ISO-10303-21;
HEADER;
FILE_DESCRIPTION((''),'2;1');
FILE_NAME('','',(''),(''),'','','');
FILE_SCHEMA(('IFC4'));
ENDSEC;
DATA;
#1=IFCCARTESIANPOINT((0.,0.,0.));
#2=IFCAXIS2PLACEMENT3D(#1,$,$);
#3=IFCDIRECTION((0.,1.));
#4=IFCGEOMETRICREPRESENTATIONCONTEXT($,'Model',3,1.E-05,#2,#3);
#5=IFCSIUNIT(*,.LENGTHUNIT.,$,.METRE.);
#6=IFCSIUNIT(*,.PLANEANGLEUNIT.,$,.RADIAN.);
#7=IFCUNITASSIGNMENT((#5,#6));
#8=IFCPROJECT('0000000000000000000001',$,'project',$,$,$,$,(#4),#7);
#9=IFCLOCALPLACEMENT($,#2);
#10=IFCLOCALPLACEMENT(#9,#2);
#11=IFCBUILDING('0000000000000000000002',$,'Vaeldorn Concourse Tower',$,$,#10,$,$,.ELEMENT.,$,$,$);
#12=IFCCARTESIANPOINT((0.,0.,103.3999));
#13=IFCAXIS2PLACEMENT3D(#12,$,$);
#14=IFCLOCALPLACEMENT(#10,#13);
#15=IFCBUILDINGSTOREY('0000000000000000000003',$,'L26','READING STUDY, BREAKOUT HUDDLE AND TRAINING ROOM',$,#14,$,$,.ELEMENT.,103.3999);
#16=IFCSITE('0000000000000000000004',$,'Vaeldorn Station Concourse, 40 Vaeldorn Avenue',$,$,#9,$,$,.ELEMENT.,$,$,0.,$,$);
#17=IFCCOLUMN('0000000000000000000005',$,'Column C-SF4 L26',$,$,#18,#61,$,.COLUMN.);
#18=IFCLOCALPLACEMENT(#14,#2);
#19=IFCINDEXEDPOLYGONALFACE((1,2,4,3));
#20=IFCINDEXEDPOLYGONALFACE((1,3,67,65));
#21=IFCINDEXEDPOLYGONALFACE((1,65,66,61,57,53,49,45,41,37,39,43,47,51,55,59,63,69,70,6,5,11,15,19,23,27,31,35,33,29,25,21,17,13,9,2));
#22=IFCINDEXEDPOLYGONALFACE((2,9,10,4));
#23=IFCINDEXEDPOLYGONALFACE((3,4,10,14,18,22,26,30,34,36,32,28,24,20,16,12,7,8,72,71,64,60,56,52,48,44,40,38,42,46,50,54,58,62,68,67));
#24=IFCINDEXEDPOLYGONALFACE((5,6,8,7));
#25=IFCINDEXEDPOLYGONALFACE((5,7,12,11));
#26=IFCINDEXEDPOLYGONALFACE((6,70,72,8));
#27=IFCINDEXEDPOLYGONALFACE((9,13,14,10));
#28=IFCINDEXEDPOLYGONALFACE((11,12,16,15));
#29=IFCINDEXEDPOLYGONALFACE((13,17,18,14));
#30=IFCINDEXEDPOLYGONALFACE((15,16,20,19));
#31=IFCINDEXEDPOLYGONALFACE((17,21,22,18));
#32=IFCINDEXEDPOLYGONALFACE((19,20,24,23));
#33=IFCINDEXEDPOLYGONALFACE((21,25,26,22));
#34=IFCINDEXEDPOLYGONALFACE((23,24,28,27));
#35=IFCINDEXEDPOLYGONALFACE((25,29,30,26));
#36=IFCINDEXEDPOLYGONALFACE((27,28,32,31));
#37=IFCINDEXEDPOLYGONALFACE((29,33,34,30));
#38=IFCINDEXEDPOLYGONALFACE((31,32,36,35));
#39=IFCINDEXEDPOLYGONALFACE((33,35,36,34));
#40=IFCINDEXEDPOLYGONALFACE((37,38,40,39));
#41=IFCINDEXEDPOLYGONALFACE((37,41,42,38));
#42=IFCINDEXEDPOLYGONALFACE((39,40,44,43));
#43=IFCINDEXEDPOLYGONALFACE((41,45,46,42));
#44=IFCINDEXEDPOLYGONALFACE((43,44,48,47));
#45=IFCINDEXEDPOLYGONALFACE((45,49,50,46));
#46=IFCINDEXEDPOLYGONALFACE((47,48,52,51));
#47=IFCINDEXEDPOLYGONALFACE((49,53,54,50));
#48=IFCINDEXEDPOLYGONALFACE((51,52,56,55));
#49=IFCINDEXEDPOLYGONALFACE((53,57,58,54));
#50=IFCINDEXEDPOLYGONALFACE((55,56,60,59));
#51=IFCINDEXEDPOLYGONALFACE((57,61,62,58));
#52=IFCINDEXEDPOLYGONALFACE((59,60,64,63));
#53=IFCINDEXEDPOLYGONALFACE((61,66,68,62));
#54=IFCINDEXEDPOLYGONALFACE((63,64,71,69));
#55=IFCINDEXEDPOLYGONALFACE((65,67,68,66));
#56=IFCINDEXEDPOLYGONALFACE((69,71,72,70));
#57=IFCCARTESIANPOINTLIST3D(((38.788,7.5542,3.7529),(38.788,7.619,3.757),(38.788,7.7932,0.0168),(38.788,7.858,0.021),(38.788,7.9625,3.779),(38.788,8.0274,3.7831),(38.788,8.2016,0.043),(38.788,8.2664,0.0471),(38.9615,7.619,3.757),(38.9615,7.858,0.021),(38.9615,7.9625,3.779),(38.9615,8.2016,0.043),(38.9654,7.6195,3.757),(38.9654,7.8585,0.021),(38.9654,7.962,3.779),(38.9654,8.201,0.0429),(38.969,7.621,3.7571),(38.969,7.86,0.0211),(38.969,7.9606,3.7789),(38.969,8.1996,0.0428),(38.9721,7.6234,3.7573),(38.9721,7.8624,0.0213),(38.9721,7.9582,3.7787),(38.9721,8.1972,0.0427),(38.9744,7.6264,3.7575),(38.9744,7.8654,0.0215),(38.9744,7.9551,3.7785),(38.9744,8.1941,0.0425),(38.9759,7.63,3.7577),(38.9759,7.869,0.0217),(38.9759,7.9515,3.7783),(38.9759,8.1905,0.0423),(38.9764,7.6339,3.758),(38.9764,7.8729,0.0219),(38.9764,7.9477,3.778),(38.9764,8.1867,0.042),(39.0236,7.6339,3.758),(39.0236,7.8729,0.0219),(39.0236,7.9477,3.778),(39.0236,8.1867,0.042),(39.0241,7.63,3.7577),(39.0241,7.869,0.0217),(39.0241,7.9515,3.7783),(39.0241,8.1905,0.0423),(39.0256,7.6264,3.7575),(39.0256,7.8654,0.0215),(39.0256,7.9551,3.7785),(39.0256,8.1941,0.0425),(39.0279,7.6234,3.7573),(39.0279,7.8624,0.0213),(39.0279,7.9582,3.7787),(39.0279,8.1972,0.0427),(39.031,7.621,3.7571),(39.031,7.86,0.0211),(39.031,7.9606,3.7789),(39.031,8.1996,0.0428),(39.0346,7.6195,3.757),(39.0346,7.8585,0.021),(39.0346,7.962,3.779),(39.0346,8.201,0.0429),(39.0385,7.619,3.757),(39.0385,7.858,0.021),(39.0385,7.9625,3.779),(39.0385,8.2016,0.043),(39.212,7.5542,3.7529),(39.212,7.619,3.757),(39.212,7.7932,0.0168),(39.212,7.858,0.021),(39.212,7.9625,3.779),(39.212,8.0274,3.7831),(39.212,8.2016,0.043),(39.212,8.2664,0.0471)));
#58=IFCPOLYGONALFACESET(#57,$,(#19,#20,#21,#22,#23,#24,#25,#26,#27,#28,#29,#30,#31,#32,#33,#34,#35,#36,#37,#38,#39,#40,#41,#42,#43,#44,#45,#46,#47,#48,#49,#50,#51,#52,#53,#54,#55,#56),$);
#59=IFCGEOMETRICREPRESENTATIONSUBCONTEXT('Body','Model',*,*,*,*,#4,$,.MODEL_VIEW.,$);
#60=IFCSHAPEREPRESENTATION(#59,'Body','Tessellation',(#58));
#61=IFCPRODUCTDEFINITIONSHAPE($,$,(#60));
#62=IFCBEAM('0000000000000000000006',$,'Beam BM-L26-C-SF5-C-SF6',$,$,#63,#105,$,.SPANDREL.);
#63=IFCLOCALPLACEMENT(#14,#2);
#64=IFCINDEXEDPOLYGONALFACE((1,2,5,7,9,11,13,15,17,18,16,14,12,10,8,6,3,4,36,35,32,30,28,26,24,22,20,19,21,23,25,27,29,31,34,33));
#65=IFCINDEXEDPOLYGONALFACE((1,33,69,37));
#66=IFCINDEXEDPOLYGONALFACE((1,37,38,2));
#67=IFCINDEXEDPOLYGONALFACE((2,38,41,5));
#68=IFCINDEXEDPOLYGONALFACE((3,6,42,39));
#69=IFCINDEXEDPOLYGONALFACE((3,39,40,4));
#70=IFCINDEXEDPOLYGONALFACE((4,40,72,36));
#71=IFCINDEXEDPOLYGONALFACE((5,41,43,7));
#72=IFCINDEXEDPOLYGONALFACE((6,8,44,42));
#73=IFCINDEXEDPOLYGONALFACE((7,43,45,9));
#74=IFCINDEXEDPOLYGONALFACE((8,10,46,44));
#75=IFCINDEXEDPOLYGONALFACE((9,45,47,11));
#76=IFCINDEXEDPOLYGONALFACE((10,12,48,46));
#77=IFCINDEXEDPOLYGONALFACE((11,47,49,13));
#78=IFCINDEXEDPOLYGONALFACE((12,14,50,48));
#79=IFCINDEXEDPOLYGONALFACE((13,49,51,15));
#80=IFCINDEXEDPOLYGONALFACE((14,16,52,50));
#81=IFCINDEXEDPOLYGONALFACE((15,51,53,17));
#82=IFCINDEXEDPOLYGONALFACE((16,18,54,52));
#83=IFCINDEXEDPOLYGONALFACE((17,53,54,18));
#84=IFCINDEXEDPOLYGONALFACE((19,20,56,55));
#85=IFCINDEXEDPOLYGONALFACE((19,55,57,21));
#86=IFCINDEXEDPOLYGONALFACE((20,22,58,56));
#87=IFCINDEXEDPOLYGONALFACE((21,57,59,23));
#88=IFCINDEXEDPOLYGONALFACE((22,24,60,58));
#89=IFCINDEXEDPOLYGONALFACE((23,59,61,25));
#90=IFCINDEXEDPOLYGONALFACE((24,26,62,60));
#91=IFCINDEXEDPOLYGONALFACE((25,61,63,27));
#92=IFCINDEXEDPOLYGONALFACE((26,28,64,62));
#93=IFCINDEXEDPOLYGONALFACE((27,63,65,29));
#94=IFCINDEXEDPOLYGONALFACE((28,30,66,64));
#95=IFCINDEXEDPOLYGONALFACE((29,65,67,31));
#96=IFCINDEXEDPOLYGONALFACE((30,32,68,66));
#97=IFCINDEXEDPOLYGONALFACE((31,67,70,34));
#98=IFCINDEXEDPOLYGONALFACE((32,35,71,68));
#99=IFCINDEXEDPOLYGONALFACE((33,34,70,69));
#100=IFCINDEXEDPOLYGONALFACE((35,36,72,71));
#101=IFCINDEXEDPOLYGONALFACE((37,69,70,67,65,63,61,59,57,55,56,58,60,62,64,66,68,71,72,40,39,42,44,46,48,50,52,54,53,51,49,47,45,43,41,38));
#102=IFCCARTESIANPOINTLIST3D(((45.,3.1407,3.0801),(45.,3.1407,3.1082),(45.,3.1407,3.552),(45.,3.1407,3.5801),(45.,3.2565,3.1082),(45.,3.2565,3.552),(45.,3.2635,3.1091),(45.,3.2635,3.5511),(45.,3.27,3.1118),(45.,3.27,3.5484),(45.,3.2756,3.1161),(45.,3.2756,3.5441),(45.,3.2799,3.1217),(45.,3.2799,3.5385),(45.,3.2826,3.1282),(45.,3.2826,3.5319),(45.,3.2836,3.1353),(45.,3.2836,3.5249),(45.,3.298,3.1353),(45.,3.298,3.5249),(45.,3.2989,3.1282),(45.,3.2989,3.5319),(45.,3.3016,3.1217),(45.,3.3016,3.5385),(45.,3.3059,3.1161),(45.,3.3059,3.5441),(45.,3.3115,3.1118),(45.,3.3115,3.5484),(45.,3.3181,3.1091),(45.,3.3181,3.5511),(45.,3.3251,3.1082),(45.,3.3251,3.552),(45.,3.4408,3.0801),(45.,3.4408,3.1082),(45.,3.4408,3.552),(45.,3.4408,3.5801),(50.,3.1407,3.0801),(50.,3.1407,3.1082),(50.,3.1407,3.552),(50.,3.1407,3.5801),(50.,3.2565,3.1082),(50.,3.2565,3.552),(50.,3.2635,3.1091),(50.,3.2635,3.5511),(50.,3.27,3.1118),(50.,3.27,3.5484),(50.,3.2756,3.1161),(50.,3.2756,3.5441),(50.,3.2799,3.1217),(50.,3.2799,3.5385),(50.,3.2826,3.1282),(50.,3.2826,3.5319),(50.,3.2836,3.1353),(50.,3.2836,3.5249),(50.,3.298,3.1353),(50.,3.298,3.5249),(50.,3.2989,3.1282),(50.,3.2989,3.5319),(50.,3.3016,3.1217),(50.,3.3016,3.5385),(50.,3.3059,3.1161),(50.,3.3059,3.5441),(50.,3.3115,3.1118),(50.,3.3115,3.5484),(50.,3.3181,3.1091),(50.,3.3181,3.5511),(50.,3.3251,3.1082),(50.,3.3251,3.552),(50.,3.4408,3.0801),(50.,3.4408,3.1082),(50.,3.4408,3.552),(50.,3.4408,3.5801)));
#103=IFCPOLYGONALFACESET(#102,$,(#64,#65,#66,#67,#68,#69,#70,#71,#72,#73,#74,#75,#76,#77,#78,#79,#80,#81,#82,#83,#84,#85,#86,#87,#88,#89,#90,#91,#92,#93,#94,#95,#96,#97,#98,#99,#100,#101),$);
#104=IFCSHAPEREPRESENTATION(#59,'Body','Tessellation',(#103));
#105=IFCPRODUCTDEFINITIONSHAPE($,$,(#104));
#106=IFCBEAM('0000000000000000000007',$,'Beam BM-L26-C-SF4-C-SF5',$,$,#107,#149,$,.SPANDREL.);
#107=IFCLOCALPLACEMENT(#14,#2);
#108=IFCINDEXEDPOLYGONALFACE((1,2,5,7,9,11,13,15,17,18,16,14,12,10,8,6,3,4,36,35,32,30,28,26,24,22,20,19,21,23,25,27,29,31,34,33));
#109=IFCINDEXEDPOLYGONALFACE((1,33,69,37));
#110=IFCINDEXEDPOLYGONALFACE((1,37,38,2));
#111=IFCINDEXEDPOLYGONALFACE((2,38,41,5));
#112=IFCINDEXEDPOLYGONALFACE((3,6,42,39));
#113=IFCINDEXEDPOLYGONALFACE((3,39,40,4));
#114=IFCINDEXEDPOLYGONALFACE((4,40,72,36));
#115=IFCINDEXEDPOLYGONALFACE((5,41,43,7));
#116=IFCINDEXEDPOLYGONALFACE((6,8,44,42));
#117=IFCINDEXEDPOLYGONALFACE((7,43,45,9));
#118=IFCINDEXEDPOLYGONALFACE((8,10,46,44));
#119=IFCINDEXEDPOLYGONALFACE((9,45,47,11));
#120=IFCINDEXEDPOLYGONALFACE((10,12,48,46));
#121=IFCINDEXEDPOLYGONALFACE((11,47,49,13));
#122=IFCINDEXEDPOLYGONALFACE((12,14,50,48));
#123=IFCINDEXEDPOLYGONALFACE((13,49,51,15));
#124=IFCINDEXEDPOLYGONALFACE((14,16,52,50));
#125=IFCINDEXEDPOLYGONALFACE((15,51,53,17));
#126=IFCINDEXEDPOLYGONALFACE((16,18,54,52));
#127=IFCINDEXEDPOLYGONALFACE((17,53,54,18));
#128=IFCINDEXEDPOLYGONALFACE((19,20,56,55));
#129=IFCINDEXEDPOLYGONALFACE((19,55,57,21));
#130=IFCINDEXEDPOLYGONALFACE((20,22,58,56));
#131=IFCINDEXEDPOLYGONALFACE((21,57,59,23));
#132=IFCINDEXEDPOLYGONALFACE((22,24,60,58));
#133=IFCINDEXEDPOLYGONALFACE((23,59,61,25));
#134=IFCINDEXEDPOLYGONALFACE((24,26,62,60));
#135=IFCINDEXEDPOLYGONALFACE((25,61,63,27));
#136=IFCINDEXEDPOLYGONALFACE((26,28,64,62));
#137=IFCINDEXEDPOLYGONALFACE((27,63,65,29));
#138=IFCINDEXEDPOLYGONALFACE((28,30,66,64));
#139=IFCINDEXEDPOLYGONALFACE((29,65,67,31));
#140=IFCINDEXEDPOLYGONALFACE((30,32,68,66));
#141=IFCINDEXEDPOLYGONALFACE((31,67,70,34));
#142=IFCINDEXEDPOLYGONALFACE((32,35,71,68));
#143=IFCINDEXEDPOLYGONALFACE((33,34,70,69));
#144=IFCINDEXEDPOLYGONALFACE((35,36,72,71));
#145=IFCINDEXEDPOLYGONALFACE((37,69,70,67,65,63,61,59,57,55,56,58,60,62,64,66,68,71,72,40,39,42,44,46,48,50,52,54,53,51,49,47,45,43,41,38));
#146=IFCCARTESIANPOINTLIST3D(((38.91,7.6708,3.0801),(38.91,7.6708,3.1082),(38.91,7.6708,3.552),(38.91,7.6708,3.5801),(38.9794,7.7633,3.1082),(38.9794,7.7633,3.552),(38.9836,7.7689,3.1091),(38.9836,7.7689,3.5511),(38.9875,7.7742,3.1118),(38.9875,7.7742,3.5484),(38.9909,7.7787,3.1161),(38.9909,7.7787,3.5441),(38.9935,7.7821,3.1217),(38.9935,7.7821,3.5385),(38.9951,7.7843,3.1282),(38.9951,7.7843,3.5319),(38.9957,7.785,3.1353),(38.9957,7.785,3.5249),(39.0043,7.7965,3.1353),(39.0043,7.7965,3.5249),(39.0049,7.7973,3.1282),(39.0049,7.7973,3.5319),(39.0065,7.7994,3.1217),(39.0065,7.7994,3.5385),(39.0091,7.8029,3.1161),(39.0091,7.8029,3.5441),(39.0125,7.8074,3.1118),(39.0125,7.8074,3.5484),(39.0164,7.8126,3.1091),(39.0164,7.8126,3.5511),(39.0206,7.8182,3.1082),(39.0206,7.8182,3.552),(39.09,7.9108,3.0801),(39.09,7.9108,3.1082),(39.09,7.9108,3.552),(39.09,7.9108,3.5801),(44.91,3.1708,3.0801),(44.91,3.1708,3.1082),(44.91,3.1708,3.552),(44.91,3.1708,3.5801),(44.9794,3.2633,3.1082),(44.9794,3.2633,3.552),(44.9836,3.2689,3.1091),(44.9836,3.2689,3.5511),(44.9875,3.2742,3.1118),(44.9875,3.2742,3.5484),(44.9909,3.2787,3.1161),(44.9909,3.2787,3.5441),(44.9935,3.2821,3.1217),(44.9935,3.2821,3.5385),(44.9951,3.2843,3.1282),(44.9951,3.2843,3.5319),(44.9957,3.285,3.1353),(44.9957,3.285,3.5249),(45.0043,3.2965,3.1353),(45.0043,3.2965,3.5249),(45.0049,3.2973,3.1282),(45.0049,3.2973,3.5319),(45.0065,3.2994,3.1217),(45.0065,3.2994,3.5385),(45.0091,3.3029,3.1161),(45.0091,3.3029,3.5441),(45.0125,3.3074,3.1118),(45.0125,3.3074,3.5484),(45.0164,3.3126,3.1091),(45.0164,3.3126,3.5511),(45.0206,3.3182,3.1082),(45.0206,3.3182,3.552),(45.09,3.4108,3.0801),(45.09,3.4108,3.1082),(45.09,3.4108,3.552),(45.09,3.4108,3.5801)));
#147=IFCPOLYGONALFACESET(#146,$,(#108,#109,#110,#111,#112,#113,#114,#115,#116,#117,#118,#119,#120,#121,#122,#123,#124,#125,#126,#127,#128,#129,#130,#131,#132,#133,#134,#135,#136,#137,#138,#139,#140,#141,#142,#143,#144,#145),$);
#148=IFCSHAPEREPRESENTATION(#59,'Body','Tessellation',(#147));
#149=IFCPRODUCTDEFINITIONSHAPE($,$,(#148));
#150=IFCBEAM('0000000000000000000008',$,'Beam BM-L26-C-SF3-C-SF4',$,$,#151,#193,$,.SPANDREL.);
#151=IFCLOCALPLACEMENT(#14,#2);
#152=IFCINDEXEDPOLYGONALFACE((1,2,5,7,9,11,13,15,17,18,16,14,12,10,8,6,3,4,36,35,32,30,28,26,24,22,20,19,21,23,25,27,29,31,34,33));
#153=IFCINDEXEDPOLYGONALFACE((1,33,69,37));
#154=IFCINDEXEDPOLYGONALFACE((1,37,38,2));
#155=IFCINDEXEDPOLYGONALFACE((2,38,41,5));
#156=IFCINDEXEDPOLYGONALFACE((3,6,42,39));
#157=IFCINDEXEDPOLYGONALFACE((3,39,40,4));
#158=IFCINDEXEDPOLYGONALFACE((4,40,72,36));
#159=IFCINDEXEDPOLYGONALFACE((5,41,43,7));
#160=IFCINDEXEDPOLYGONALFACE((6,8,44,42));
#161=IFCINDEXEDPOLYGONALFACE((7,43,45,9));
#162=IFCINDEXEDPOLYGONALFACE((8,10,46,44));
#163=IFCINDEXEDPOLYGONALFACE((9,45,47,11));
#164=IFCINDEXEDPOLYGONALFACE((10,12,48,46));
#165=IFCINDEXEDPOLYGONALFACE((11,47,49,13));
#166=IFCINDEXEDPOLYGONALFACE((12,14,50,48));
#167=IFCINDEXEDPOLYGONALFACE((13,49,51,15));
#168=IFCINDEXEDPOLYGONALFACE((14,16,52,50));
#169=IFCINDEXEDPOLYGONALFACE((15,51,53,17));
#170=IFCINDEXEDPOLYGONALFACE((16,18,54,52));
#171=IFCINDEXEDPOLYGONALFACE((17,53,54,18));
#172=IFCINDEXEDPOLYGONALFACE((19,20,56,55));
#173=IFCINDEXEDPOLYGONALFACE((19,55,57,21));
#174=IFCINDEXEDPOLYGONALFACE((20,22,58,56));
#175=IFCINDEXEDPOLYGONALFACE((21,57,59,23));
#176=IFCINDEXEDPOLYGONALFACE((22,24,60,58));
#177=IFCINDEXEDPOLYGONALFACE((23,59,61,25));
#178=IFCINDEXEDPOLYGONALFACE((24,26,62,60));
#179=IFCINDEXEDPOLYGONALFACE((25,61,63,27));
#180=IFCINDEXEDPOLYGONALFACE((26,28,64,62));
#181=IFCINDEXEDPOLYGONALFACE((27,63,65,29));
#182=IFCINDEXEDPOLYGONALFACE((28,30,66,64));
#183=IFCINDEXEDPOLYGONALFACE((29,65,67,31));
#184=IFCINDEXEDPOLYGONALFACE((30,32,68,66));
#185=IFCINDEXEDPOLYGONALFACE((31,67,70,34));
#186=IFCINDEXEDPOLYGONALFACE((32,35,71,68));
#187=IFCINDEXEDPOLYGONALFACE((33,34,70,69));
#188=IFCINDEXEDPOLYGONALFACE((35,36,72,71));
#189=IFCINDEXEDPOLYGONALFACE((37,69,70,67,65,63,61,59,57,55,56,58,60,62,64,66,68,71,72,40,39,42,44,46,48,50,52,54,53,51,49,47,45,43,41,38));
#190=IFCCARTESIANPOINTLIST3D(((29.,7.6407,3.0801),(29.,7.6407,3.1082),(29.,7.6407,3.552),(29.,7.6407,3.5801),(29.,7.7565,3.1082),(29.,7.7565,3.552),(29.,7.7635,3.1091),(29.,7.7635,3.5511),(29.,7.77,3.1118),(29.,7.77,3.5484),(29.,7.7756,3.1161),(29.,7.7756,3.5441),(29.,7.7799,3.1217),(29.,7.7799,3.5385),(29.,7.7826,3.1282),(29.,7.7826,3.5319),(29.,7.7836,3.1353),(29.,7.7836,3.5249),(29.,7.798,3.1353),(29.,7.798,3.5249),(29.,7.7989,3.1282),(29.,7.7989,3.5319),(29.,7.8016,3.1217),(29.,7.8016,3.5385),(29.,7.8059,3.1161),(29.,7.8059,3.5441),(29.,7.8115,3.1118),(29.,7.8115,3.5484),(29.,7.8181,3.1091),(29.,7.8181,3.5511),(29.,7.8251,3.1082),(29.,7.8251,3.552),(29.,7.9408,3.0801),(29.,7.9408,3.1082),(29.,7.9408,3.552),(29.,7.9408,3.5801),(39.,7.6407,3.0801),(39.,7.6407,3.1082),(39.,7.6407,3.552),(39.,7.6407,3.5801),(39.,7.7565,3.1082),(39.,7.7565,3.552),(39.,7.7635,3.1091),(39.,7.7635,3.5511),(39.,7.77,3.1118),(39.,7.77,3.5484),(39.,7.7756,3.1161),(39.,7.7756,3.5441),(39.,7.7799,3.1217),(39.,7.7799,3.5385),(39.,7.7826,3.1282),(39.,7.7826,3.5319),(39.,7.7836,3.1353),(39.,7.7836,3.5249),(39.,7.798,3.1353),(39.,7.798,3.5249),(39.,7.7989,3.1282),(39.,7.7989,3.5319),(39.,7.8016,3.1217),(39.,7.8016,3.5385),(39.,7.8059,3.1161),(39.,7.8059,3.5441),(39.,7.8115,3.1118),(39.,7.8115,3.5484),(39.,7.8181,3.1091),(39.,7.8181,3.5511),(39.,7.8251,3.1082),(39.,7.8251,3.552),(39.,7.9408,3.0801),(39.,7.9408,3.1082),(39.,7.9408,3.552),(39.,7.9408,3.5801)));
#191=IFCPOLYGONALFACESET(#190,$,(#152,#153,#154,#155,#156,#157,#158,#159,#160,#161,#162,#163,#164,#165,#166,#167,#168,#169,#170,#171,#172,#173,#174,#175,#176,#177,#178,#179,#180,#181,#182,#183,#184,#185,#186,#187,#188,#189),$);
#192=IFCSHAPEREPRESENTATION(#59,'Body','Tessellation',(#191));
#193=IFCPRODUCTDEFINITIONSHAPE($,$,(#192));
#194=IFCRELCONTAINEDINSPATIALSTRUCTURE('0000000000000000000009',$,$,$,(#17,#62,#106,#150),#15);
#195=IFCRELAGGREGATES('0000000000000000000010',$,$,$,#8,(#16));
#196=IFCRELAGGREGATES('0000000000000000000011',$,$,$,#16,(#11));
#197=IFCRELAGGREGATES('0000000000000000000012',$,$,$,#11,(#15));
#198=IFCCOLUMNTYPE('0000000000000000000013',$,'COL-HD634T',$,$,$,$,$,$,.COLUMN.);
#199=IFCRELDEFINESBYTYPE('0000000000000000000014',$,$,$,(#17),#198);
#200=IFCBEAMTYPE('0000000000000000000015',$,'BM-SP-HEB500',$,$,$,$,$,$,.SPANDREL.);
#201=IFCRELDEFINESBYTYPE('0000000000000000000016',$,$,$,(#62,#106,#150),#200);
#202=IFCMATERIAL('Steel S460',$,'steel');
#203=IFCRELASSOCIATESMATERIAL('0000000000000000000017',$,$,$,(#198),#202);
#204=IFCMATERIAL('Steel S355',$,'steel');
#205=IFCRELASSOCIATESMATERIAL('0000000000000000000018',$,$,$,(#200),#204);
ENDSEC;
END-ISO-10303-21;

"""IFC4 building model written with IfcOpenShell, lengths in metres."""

from ifc_helpers import new_model, si_unit, direction, frame, origin, origin_2d, place, context, subcontext, project, spatial, i_section, extrude, source, transform, mapped, material, material_profile, profile_set, type_object, element, save


model = new_model("IFC4")

# Units and contexts
model_context = context("Model", 3, precision=1e-05, world=origin(), true_north=direction((0.0, 1.0)))
body_context = subcontext(model_context, "Body", "Model", "MODEL_VIEW")
ifc_project = project(units=[si_unit("LENGTHUNIT", "METRE"), si_unit("PLANEANGLEUNIT", "RADIAN")], contexts=[model_context])

# Site, building, storey
site_placement = place(None, origin())
site = spatial("IfcSite", under=ifc_project, at=site_placement, Name="Vaeldorn Station Concourse, 40 Vaeldorn Avenue", CompositionType="ELEMENT", RefElevation=0.0)
building_placement = place(site_placement, origin())
building = spatial("IfcBuilding", under=site, at=building_placement, Name="Vaeldorn Concourse Tower", CompositionType="ELEMENT")
storey_placement = place(building_placement, frame((0.0, 0.0, 103.3999)))
storey = spatial("IfcBuildingStorey", under=building, at=storey_placement, Name="L26", Description="READING STUDY, BREAKOUT HUDDLE AND TRAINING ROOM", CompositionType="ELEMENT", Elevation=103.3999)

# Column
ifc_material_1 = material(Name="Steel S460", Category="steel")
ifc_material_profile_1 = material_profile(ifc_material_1, i_section(OverallWidth=0.4241, OverallDepth=0.4741, WebThickness=0.0471, FlangeThickness=0.0649, FilletRadius=0.0149, at=origin_2d()), Name="HD 400x634")
ifc_profile_set_1 = profile_set([ifc_material_profile_1], Name="Steel S460")
column_type = type_object("IfcColumnType", Name="COL-HD634T", PredefinedType="COLUMN", material=ifc_profile_set_1)
shared_shape_1 = source(origin(), body_context, "Body", "SweptSolid", [
    extrude(i_section(OverallWidth=0.4241, OverallDepth=0.4741, WebThickness=0.0471, FlangeThickness=0.0649, FilletRadius=0.0149, at=origin_2d()), origin(), (0.0, 0.0, 1.0), 3.7437),
])
column_placement = place(storey_placement, frame((39.0, 8.0298, 0.032), z_axis=(0.0, -0.063844, 0.99796), x_axis=(1.0, 0.0, 0.0)))
element("IfcColumn", 1, at=column_placement, inside=storey, type_object=column_type, Name="Column C-SF4 L26", PredefinedType="COLUMN", context=body_context, shape_type="MappedRepresentation", body=[
    mapped(shared_shape_1, transform((0.0, 0.0, 0.0), scale=1.0)),
])

# Beams
ifc_material_2 = material(Name="Steel S355", Category="steel")
ifc_material_profile_2 = material_profile(ifc_material_2, i_section(OverallWidth=0.3, OverallDepth=0.5, WebThickness=0.0144, FlangeThickness=0.0281, FilletRadius=0.0271, at=origin_2d()), Name="HEB 500")
ifc_profile_set_2 = profile_set([ifc_material_profile_2], Name="Steel S355")
beam_type_1 = type_object("IfcBeamType", Name="BM-SP-HEB500", PredefinedType="SPANDREL", material=ifc_profile_set_2)
shared_shape_2 = source(origin(), body_context, "Body", "SweptSolid", [
    extrude(i_section(OverallWidth=0.3, OverallDepth=0.5, WebThickness=0.0144, FlangeThickness=0.0281, FilletRadius=0.0271, at=origin_2d()), origin(), (0.0, 0.0, 1.0), 5.0),
])
beam_1_placement = place(storey_placement, frame((45.0, 3.2908, 3.3301), z_axis=(1.0, 0.0, 0.0), x_axis=(0.0, 1.0, 0.0)))
element("IfcBeam", 2, at=beam_1_placement, inside=storey, type_object=beam_type_1, Name="Beam BM-L26-C-SF5-C-SF6", PredefinedType="SPANDREL", context=body_context, shape_type="MappedRepresentation", body=[
    mapped(shared_shape_2, transform((0.0, 0.0, 0.0), scale=1.0)),
])
shared_shape_3 = source(origin(), body_context, "Body", "SweptSolid", [
    extrude(i_section(OverallWidth=0.3, OverallDepth=0.5, WebThickness=0.0144, FlangeThickness=0.0281, FilletRadius=0.0271, at=origin_2d()), origin(), (0.0, 0.0, 1.0), 7.5),
])
beam_2_placement = place(storey_placement, frame((39.0, 7.7908, 3.3301), z_axis=(0.8, -0.6, 0.0), x_axis=(0.6, 0.8, 0.0)))
element("IfcBeam", 3, at=beam_2_placement, inside=storey, type_object=beam_type_1, Name="Beam BM-L26-C-SF4-C-SF5", PredefinedType="SPANDREL", context=body_context, shape_type="MappedRepresentation", body=[
    mapped(shared_shape_3, transform((0.0, 0.0, 0.0), scale=1.0)),
])
shared_shape_4 = source(origin(), body_context, "Body", "SweptSolid", [
    extrude(i_section(OverallWidth=0.3, OverallDepth=0.5, WebThickness=0.0144, FlangeThickness=0.0281, FilletRadius=0.0271, at=origin_2d()), origin(), (0.0, 0.0, 1.0), 10.0),
])
beam_3_placement = place(storey_placement, frame((29.0, 7.7908, 3.3301), z_axis=(1.0, 0.0, 0.0), x_axis=(0.0, 1.0, 0.0)))
element("IfcBeam", 4, at=beam_3_placement, inside=storey, type_object=beam_type_1, Name="Beam BM-L26-C-SF3-C-SF4", PredefinedType="SPANDREL", context=body_context, shape_type="MappedRepresentation", body=[
    mapped(shared_shape_4, transform((0.0, 0.0, 0.0), scale=1.0)),
])

save(model, "model.ifc")
